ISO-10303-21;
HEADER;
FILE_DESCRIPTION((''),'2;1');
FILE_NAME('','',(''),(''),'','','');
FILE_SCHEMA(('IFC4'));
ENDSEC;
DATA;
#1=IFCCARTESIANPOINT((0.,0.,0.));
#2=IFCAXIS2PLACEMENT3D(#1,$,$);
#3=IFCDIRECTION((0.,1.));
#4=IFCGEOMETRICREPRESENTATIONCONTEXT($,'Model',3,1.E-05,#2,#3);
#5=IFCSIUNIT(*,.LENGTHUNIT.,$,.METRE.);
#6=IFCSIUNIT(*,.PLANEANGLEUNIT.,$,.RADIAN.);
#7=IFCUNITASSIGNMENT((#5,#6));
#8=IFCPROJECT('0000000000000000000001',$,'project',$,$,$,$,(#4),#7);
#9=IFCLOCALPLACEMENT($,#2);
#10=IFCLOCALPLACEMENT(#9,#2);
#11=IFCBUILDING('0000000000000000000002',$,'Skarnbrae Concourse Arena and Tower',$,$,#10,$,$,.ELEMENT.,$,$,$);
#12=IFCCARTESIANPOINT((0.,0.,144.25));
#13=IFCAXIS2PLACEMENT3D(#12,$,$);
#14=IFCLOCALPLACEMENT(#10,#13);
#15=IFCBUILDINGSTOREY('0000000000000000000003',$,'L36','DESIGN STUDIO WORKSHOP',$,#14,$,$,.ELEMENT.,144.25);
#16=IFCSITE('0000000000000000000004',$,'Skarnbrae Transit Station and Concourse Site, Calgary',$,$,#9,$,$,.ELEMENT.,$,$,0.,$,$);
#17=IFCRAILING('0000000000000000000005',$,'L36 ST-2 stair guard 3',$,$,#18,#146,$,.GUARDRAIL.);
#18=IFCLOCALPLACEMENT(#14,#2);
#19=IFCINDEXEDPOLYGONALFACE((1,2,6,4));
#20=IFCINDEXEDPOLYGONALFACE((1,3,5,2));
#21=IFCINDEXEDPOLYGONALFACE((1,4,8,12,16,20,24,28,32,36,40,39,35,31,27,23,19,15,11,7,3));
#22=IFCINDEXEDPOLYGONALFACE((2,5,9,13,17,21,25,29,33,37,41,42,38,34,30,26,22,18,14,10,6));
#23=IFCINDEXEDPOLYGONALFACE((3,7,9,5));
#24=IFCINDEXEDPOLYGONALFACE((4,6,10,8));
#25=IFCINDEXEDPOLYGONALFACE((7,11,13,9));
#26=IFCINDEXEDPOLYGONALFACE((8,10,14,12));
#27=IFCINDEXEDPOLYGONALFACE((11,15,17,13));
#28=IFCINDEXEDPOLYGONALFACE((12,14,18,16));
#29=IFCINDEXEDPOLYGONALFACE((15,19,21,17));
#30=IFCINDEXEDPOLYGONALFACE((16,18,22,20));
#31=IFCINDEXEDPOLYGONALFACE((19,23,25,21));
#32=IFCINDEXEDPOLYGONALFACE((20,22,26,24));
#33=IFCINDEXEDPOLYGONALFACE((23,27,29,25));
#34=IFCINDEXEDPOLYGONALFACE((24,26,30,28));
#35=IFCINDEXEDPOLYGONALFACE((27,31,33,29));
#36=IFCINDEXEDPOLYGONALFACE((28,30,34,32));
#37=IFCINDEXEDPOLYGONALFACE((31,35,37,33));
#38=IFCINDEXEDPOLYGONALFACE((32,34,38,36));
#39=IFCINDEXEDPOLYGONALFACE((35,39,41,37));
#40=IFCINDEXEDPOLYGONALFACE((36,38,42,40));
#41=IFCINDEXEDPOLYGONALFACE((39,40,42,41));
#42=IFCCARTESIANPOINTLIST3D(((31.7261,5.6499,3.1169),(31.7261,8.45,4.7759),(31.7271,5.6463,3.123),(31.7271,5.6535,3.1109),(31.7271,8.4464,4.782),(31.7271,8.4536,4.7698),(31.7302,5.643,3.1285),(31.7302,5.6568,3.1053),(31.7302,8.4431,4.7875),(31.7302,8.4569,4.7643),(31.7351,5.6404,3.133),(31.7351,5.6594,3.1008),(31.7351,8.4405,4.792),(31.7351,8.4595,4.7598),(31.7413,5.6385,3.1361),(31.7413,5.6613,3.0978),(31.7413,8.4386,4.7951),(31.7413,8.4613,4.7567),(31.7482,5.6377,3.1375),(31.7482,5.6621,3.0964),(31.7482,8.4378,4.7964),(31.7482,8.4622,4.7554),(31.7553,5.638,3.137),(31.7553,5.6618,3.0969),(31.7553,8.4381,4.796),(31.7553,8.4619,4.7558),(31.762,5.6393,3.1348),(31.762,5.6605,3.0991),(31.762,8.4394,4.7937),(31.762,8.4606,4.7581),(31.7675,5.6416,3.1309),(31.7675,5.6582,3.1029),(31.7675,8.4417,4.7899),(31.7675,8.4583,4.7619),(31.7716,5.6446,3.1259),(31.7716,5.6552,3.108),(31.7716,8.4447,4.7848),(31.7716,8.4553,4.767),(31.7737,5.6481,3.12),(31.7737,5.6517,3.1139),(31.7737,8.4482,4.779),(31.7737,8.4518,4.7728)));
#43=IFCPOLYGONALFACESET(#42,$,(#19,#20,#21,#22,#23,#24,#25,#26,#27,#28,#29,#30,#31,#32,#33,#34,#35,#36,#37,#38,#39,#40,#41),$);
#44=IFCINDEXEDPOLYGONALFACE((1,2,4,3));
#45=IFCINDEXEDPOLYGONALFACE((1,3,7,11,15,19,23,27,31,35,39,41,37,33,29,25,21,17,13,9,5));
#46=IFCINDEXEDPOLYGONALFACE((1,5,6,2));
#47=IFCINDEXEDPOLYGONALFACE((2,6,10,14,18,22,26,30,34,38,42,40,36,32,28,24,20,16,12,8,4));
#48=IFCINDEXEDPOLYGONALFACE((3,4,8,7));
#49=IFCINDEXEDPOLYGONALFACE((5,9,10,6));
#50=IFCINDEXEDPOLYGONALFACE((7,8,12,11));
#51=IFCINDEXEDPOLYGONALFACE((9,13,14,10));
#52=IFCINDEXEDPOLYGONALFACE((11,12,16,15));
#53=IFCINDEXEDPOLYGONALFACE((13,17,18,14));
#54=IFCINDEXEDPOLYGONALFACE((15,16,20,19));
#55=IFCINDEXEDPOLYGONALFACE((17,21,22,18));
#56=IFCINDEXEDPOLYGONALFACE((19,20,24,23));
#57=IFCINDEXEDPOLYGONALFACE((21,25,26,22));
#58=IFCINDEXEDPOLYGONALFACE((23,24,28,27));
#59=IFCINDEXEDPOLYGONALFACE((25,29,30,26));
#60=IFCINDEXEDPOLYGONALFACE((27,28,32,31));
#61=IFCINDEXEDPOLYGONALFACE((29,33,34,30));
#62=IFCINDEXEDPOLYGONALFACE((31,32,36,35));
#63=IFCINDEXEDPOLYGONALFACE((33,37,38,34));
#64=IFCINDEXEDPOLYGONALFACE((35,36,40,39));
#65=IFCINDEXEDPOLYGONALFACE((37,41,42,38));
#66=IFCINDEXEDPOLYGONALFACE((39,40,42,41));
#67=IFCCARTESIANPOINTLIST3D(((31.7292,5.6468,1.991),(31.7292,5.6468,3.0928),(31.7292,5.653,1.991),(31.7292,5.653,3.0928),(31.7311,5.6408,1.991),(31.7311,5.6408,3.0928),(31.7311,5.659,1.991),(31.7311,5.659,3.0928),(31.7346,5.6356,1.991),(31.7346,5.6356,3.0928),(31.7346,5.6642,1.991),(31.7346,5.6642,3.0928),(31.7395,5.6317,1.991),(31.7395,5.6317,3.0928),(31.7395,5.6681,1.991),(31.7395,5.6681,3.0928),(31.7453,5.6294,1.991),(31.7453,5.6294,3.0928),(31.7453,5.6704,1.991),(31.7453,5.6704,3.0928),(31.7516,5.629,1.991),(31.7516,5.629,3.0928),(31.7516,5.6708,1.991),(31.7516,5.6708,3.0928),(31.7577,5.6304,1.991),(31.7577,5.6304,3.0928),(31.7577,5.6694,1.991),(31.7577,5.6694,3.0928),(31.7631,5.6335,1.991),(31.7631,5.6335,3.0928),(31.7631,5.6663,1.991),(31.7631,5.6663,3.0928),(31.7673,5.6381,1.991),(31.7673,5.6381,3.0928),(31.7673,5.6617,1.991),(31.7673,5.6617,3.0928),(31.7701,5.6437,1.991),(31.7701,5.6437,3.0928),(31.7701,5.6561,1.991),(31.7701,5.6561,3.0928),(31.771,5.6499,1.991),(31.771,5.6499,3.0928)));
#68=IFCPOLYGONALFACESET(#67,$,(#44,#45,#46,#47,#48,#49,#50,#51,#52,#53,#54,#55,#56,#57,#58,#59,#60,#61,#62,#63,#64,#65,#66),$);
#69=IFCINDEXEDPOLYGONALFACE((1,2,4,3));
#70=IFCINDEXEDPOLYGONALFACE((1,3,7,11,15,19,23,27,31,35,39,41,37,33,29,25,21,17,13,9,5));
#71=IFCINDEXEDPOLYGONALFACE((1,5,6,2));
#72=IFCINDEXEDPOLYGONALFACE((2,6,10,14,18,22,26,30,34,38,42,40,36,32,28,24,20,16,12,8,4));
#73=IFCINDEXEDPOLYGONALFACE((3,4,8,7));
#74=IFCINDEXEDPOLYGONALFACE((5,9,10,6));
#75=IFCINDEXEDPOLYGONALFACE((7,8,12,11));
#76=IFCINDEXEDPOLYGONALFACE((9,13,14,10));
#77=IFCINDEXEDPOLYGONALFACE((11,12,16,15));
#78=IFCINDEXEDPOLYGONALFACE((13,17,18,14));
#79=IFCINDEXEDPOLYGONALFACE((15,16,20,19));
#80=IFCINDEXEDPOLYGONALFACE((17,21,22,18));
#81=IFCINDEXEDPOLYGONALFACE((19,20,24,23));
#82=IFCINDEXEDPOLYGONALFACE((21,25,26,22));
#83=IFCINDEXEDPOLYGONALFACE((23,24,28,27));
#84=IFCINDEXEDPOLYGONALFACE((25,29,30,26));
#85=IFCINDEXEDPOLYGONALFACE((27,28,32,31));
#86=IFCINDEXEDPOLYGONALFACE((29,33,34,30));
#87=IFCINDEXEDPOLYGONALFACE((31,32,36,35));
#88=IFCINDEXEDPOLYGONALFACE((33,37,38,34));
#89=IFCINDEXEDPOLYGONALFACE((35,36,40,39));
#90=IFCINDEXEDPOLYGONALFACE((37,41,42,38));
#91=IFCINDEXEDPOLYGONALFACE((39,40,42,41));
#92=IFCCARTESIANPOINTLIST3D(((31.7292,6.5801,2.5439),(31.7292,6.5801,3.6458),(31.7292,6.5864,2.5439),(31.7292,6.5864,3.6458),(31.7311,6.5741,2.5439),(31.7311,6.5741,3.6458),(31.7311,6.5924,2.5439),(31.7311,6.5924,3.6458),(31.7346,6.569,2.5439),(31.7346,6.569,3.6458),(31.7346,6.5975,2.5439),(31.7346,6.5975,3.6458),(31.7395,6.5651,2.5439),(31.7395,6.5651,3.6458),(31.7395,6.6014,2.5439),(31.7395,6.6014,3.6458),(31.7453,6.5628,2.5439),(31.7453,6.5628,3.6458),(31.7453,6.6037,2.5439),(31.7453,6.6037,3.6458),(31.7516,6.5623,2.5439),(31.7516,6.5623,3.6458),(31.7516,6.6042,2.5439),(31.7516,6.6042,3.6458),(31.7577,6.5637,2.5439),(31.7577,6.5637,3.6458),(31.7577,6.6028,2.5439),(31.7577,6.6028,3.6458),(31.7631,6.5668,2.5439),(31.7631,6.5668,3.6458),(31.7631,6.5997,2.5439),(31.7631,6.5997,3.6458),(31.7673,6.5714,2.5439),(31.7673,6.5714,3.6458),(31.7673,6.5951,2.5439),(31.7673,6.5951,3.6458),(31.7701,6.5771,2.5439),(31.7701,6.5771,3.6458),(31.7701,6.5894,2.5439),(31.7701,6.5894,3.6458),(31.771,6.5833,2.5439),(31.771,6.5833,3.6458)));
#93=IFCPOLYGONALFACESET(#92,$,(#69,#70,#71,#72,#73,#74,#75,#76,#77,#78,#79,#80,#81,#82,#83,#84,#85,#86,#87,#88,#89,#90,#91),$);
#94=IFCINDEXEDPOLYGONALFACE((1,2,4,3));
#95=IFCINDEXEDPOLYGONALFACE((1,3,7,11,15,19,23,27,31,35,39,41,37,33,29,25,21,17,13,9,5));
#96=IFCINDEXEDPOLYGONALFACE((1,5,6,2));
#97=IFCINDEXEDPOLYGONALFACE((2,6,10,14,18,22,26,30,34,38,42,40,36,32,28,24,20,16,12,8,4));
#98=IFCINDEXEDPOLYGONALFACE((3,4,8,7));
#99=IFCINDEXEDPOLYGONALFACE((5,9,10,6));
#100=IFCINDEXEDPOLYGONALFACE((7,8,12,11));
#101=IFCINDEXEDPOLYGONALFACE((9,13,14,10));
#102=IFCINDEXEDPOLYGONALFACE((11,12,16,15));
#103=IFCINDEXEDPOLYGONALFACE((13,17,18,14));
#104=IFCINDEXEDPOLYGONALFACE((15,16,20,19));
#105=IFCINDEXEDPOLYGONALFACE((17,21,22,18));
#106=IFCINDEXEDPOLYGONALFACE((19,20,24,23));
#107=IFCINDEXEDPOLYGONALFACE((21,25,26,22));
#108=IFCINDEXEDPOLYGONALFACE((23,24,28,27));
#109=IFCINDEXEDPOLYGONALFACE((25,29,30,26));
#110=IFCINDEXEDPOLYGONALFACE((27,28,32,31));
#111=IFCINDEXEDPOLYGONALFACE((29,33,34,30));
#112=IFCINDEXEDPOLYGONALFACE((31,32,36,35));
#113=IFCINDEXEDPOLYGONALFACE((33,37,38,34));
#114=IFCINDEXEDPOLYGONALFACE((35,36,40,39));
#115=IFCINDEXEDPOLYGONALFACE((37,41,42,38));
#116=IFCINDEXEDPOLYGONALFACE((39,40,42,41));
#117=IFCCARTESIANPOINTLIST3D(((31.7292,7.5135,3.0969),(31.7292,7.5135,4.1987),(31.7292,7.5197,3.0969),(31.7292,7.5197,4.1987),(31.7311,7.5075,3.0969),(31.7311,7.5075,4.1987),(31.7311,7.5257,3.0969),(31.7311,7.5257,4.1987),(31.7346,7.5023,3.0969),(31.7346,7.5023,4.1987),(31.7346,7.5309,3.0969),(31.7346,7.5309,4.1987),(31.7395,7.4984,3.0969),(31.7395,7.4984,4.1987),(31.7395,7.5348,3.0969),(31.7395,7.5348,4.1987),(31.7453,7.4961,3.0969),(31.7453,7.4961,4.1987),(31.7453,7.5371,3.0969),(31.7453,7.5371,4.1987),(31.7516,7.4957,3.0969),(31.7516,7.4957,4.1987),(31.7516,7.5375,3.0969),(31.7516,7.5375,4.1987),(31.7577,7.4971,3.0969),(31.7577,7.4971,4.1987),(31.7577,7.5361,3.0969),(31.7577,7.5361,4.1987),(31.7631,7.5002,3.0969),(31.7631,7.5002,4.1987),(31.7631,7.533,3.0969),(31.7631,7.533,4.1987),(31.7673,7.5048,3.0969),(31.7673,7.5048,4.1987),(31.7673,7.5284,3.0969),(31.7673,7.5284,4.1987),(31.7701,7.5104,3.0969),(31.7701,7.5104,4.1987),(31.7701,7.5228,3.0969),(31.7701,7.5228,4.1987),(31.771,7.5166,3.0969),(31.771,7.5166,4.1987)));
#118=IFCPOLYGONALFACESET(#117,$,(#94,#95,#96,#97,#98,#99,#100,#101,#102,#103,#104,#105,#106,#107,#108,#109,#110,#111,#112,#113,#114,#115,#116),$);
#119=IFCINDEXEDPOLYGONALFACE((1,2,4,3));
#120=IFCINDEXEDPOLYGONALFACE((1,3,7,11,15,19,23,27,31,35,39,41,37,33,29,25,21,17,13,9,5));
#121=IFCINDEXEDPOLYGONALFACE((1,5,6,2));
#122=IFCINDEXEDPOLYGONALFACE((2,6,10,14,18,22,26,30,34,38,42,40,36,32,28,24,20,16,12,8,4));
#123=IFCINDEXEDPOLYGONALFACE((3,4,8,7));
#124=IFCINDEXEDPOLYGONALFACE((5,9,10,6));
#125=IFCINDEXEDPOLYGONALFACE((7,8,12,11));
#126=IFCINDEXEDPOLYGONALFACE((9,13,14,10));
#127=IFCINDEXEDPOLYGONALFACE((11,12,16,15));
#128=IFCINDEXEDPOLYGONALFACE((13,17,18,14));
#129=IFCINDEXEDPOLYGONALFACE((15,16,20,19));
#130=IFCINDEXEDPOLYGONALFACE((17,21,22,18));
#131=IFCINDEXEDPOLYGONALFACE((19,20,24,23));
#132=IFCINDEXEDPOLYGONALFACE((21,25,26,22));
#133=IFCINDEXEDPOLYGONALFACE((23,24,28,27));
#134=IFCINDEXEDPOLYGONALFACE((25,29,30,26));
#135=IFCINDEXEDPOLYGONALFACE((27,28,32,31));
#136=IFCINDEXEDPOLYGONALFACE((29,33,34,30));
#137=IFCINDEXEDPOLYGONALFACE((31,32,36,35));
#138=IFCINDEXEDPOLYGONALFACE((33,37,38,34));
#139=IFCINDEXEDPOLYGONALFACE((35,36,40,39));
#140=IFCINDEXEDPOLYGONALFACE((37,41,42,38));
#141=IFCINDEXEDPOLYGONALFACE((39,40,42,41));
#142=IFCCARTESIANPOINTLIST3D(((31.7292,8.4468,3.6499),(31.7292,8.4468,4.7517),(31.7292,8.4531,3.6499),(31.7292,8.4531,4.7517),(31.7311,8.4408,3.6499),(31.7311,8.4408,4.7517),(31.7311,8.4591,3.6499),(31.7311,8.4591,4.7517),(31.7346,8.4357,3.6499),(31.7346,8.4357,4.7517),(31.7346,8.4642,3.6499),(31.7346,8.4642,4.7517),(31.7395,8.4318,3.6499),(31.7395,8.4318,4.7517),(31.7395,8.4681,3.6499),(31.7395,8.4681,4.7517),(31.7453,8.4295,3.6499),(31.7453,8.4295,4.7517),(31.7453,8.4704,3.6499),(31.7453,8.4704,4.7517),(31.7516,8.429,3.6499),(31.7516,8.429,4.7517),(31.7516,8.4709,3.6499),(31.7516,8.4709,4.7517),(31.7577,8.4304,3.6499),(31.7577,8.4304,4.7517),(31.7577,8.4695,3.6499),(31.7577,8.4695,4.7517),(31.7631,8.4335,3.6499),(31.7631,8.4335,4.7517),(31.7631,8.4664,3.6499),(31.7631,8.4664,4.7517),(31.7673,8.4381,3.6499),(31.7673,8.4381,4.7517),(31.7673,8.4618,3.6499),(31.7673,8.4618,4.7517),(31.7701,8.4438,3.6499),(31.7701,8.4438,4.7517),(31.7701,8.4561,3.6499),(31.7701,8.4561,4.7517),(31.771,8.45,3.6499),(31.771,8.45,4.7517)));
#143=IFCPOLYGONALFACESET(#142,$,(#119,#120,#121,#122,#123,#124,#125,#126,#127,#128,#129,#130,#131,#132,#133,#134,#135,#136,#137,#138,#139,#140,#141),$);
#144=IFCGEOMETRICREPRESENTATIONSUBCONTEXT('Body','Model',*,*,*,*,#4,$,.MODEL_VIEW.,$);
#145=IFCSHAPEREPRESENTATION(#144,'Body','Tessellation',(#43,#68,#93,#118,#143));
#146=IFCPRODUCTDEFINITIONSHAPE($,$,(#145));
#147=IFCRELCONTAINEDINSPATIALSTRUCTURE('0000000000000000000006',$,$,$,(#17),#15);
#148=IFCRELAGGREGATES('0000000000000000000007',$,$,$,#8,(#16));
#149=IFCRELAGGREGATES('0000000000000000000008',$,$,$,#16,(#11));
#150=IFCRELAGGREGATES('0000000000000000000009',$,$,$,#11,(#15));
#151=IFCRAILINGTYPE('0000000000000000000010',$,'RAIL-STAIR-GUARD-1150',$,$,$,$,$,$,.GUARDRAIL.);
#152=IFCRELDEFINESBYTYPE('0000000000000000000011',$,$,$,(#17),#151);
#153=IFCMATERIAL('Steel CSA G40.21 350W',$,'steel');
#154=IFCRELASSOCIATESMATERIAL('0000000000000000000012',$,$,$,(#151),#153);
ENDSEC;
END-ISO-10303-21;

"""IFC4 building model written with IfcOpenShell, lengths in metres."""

from ifc_helpers import new_model, si_unit, direction, frame, origin, origin_2d, place, context, subcontext, project, spatial, circle, extrude, material, type_object, element, save


model = new_model("IFC4")

# Units and contexts
model_context = context("Model", 3, precision=1e-05, world=origin(), true_north=direction((0.0, 1.0)))
body_context = subcontext(model_context, "Body", "Model", "MODEL_VIEW")
ifc_project = project(units=[si_unit("LENGTHUNIT", "METRE"), si_unit("PLANEANGLEUNIT", "RADIAN")], contexts=[model_context])

# Site, building, storey
site_placement = place(None, origin())
site = spatial("IfcSite", under=ifc_project, at=site_placement, Name="Skarnbrae Transit Station and Concourse Site, Calgary", CompositionType="ELEMENT", RefElevation=0.0)
building_placement = place(site_placement, origin())
building = spatial("IfcBuilding", under=site, at=building_placement, Name="Skarnbrae Concourse Arena and Tower", CompositionType="ELEMENT")
storey_placement = place(building_placement, frame((0.0, 0.0, 144.25)))
storey = spatial("IfcBuildingStorey", under=building, at=storey_placement, Name="L36", Description="DESIGN STUDIO WORKSHOP", CompositionType="ELEMENT", Elevation=144.25)

# Shared definitions
ifc_material_1 = material(Name="Steel CSA G40.21 350W", Category="steel")

# Railing
railing_type_1 = type_object("IfcRailingType", Name="RAIL-STAIR-GUARD-1150", PredefinedType="GUARDRAIL", material=ifc_material_1)
railing_1_placement = place(storey_placement, frame((31.75, 5.6499, 1.991)))
element("IfcRailing", 1, at=railing_1_placement, inside=storey, type_object=railing_type_1, Name="L36 ST-2 stair guard 3", PredefinedType="GUARDRAIL", context=body_context, shape_type="SweptSolid", body=[
    extrude(circle(Radius=0.0239, at=origin_2d()), frame((0.0, 0.0, 1.126), z_axis=(0.0, 0.860339, 0.509722), x_axis=(-1.0, 0.0, 0.0)), (0.0, 0.0, 1.0), 3.2546),
    extrude(circle(Radius=0.021, at=origin_2d()), origin(), (0.0, 0.0, 1.0), 1.1018),
    extrude(circle(Radius=0.021, at=origin_2d()), frame((0.0, 0.9333, 0.553)), (0.0, 0.0, 1.0), 1.1018),
    extrude(circle(Radius=0.021, at=origin_2d()), frame((0.0, 1.8667, 1.106)), (0.0, 0.0, 1.0), 1.1018),
    extrude(circle(Radius=0.021, at=origin_2d()), frame((0.0, 2.8, 1.6589)), (0.0, 0.0, 1.0), 1.1018),
])

save(model, "model.ifc")
